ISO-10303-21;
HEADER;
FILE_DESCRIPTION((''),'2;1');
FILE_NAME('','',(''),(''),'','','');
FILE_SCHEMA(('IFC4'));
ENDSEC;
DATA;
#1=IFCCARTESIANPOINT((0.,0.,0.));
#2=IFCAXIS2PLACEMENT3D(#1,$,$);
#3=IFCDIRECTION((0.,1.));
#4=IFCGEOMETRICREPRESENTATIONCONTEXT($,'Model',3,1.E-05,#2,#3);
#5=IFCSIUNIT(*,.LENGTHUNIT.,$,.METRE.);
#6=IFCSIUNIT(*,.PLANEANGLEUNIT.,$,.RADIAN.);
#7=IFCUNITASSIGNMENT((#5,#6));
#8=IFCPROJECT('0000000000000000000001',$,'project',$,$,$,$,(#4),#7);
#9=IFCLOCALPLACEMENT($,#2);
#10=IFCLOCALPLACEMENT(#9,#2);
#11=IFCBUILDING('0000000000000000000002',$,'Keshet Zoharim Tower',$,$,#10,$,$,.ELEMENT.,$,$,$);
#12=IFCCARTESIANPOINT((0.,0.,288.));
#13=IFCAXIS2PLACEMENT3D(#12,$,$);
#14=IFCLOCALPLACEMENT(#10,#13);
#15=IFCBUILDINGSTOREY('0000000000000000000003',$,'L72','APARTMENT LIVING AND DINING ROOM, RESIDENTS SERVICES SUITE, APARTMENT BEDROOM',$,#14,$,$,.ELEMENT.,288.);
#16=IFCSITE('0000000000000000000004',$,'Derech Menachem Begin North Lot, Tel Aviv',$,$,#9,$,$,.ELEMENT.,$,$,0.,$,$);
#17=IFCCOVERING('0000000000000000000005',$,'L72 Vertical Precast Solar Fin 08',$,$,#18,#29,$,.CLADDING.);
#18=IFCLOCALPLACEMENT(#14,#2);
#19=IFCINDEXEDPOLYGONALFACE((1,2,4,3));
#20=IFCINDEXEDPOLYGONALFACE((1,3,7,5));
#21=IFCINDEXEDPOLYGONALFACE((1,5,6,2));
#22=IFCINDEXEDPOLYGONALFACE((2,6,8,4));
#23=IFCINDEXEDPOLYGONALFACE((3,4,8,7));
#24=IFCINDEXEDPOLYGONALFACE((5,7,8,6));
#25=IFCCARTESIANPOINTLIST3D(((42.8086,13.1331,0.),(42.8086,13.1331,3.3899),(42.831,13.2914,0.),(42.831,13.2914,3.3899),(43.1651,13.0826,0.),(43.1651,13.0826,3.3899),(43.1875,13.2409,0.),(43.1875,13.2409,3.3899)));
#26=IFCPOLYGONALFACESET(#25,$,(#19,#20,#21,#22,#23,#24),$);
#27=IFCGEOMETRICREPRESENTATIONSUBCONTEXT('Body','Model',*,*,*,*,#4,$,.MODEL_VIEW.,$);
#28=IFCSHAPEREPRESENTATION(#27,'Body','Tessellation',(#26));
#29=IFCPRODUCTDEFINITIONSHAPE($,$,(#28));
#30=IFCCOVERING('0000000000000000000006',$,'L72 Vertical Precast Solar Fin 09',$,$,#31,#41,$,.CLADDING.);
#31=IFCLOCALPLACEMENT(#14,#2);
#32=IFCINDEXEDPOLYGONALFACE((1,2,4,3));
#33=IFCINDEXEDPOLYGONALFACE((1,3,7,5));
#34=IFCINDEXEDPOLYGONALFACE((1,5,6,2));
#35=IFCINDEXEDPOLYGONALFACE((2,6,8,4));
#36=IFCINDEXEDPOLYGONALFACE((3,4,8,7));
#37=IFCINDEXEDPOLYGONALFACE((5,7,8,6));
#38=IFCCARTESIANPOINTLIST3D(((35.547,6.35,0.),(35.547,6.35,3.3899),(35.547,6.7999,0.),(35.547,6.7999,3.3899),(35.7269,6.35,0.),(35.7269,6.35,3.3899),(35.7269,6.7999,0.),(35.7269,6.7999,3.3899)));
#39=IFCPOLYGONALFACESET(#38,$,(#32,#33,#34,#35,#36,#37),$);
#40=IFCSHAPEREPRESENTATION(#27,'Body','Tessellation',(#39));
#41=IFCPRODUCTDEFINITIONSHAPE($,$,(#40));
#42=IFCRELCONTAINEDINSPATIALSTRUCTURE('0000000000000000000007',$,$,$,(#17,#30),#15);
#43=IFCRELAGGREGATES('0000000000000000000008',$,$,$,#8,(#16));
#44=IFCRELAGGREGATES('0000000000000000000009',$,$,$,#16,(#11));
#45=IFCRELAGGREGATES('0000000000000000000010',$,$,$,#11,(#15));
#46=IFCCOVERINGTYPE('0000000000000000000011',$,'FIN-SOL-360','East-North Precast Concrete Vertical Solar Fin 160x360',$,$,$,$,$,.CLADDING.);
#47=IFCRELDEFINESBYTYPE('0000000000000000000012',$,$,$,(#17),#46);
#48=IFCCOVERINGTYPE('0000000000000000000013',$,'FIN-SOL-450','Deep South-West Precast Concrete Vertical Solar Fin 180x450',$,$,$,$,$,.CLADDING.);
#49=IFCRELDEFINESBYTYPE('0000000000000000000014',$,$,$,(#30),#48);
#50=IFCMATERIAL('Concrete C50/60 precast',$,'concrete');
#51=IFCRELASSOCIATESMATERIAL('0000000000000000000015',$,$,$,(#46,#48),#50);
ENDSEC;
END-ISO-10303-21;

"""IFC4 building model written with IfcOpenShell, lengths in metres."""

from ifc_helpers import new_model, si_unit, direction, frame, origin, origin_2d, place, context, subcontext, project, spatial, rectangle, extrude, material, type_object, element, save


model = new_model("IFC4")

# Units and contexts
model_context = context("Model", 3, precision=1e-05, world=origin(), true_north=direction((0.0, 1.0)))
body_context = subcontext(model_context, "Body", "Model", "MODEL_VIEW")
ifc_project = project(units=[si_unit("LENGTHUNIT", "METRE"), si_unit("PLANEANGLEUNIT", "RADIAN")], contexts=[model_context])

# Site, building, storey
site_placement = place(None, origin())
site = spatial("IfcSite", under=ifc_project, at=site_placement, Name="Derech Menachem Begin North Lot, Tel Aviv", CompositionType="ELEMENT", RefElevation=0.0)
building_placement = place(site_placement, origin())
building = spatial("IfcBuilding", under=site, at=building_placement, Name="Keshet Zoharim Tower", CompositionType="ELEMENT")
storey_placement = place(building_placement, frame((0.0, 0.0, 288.0)))
storey = spatial("IfcBuildingStorey", under=building, at=storey_placement, Name="L72", Description="APARTMENT LIVING AND DINING ROOM, RESIDENTS SERVICES SUITE, APARTMENT BEDROOM", CompositionType="ELEMENT", Elevation=288.0)

# Coverings
ifc_material_1 = material(Name="Concrete C50/60 precast", Category="concrete")
covering_type_1 = type_object("IfcCoveringType", Name="FIN-SOL-360", Description="East-North Precast Concrete Vertical Solar Fin 160x360", PredefinedType="CLADDING", material=ifc_material_1)
covering_1_placement = place(storey_placement, frame((42.998, 13.187, 0.0), z_axis=(0.0, 0.0, 1.0), x_axis=(-0.140137, -0.990132, 0.0)))
element("IfcCovering", 1, at=covering_1_placement, inside=storey, type_object=covering_type_1, Name="L72 Vertical Precast Solar Fin 08", PredefinedType="CLADDING", context=body_context, shape_type="SweptSolid", body=[
    extrude(rectangle(XDim=0.1599, YDim=0.3601, at=origin_2d()), origin(), (0.0, 0.0, 1.0), 3.3899),
])
covering_type_2 = type_object("IfcCoveringType", Name="FIN-SOL-450", Description="Deep South-West Precast Concrete Vertical Solar Fin 180x450", PredefinedType="CLADDING", material=ifc_material_1)
covering_2_placement = place(storey_placement, frame((35.637, 6.575, 0.0), z_axis=(0.0, 0.0, 1.0), x_axis=(-1.0, 0.0, 0.0)))
element("IfcCovering", 2, at=covering_2_placement, inside=storey, type_object=covering_type_2, Name="L72 Vertical Precast Solar Fin 09", PredefinedType="CLADDING", context=body_context, shape_type="SweptSolid", body=[
    extrude(rectangle(XDim=0.1799, YDim=0.45, at=origin_2d()), origin(), (0.0, 0.0, 1.0), 3.3899),
])

save(model, "model.ifc")
